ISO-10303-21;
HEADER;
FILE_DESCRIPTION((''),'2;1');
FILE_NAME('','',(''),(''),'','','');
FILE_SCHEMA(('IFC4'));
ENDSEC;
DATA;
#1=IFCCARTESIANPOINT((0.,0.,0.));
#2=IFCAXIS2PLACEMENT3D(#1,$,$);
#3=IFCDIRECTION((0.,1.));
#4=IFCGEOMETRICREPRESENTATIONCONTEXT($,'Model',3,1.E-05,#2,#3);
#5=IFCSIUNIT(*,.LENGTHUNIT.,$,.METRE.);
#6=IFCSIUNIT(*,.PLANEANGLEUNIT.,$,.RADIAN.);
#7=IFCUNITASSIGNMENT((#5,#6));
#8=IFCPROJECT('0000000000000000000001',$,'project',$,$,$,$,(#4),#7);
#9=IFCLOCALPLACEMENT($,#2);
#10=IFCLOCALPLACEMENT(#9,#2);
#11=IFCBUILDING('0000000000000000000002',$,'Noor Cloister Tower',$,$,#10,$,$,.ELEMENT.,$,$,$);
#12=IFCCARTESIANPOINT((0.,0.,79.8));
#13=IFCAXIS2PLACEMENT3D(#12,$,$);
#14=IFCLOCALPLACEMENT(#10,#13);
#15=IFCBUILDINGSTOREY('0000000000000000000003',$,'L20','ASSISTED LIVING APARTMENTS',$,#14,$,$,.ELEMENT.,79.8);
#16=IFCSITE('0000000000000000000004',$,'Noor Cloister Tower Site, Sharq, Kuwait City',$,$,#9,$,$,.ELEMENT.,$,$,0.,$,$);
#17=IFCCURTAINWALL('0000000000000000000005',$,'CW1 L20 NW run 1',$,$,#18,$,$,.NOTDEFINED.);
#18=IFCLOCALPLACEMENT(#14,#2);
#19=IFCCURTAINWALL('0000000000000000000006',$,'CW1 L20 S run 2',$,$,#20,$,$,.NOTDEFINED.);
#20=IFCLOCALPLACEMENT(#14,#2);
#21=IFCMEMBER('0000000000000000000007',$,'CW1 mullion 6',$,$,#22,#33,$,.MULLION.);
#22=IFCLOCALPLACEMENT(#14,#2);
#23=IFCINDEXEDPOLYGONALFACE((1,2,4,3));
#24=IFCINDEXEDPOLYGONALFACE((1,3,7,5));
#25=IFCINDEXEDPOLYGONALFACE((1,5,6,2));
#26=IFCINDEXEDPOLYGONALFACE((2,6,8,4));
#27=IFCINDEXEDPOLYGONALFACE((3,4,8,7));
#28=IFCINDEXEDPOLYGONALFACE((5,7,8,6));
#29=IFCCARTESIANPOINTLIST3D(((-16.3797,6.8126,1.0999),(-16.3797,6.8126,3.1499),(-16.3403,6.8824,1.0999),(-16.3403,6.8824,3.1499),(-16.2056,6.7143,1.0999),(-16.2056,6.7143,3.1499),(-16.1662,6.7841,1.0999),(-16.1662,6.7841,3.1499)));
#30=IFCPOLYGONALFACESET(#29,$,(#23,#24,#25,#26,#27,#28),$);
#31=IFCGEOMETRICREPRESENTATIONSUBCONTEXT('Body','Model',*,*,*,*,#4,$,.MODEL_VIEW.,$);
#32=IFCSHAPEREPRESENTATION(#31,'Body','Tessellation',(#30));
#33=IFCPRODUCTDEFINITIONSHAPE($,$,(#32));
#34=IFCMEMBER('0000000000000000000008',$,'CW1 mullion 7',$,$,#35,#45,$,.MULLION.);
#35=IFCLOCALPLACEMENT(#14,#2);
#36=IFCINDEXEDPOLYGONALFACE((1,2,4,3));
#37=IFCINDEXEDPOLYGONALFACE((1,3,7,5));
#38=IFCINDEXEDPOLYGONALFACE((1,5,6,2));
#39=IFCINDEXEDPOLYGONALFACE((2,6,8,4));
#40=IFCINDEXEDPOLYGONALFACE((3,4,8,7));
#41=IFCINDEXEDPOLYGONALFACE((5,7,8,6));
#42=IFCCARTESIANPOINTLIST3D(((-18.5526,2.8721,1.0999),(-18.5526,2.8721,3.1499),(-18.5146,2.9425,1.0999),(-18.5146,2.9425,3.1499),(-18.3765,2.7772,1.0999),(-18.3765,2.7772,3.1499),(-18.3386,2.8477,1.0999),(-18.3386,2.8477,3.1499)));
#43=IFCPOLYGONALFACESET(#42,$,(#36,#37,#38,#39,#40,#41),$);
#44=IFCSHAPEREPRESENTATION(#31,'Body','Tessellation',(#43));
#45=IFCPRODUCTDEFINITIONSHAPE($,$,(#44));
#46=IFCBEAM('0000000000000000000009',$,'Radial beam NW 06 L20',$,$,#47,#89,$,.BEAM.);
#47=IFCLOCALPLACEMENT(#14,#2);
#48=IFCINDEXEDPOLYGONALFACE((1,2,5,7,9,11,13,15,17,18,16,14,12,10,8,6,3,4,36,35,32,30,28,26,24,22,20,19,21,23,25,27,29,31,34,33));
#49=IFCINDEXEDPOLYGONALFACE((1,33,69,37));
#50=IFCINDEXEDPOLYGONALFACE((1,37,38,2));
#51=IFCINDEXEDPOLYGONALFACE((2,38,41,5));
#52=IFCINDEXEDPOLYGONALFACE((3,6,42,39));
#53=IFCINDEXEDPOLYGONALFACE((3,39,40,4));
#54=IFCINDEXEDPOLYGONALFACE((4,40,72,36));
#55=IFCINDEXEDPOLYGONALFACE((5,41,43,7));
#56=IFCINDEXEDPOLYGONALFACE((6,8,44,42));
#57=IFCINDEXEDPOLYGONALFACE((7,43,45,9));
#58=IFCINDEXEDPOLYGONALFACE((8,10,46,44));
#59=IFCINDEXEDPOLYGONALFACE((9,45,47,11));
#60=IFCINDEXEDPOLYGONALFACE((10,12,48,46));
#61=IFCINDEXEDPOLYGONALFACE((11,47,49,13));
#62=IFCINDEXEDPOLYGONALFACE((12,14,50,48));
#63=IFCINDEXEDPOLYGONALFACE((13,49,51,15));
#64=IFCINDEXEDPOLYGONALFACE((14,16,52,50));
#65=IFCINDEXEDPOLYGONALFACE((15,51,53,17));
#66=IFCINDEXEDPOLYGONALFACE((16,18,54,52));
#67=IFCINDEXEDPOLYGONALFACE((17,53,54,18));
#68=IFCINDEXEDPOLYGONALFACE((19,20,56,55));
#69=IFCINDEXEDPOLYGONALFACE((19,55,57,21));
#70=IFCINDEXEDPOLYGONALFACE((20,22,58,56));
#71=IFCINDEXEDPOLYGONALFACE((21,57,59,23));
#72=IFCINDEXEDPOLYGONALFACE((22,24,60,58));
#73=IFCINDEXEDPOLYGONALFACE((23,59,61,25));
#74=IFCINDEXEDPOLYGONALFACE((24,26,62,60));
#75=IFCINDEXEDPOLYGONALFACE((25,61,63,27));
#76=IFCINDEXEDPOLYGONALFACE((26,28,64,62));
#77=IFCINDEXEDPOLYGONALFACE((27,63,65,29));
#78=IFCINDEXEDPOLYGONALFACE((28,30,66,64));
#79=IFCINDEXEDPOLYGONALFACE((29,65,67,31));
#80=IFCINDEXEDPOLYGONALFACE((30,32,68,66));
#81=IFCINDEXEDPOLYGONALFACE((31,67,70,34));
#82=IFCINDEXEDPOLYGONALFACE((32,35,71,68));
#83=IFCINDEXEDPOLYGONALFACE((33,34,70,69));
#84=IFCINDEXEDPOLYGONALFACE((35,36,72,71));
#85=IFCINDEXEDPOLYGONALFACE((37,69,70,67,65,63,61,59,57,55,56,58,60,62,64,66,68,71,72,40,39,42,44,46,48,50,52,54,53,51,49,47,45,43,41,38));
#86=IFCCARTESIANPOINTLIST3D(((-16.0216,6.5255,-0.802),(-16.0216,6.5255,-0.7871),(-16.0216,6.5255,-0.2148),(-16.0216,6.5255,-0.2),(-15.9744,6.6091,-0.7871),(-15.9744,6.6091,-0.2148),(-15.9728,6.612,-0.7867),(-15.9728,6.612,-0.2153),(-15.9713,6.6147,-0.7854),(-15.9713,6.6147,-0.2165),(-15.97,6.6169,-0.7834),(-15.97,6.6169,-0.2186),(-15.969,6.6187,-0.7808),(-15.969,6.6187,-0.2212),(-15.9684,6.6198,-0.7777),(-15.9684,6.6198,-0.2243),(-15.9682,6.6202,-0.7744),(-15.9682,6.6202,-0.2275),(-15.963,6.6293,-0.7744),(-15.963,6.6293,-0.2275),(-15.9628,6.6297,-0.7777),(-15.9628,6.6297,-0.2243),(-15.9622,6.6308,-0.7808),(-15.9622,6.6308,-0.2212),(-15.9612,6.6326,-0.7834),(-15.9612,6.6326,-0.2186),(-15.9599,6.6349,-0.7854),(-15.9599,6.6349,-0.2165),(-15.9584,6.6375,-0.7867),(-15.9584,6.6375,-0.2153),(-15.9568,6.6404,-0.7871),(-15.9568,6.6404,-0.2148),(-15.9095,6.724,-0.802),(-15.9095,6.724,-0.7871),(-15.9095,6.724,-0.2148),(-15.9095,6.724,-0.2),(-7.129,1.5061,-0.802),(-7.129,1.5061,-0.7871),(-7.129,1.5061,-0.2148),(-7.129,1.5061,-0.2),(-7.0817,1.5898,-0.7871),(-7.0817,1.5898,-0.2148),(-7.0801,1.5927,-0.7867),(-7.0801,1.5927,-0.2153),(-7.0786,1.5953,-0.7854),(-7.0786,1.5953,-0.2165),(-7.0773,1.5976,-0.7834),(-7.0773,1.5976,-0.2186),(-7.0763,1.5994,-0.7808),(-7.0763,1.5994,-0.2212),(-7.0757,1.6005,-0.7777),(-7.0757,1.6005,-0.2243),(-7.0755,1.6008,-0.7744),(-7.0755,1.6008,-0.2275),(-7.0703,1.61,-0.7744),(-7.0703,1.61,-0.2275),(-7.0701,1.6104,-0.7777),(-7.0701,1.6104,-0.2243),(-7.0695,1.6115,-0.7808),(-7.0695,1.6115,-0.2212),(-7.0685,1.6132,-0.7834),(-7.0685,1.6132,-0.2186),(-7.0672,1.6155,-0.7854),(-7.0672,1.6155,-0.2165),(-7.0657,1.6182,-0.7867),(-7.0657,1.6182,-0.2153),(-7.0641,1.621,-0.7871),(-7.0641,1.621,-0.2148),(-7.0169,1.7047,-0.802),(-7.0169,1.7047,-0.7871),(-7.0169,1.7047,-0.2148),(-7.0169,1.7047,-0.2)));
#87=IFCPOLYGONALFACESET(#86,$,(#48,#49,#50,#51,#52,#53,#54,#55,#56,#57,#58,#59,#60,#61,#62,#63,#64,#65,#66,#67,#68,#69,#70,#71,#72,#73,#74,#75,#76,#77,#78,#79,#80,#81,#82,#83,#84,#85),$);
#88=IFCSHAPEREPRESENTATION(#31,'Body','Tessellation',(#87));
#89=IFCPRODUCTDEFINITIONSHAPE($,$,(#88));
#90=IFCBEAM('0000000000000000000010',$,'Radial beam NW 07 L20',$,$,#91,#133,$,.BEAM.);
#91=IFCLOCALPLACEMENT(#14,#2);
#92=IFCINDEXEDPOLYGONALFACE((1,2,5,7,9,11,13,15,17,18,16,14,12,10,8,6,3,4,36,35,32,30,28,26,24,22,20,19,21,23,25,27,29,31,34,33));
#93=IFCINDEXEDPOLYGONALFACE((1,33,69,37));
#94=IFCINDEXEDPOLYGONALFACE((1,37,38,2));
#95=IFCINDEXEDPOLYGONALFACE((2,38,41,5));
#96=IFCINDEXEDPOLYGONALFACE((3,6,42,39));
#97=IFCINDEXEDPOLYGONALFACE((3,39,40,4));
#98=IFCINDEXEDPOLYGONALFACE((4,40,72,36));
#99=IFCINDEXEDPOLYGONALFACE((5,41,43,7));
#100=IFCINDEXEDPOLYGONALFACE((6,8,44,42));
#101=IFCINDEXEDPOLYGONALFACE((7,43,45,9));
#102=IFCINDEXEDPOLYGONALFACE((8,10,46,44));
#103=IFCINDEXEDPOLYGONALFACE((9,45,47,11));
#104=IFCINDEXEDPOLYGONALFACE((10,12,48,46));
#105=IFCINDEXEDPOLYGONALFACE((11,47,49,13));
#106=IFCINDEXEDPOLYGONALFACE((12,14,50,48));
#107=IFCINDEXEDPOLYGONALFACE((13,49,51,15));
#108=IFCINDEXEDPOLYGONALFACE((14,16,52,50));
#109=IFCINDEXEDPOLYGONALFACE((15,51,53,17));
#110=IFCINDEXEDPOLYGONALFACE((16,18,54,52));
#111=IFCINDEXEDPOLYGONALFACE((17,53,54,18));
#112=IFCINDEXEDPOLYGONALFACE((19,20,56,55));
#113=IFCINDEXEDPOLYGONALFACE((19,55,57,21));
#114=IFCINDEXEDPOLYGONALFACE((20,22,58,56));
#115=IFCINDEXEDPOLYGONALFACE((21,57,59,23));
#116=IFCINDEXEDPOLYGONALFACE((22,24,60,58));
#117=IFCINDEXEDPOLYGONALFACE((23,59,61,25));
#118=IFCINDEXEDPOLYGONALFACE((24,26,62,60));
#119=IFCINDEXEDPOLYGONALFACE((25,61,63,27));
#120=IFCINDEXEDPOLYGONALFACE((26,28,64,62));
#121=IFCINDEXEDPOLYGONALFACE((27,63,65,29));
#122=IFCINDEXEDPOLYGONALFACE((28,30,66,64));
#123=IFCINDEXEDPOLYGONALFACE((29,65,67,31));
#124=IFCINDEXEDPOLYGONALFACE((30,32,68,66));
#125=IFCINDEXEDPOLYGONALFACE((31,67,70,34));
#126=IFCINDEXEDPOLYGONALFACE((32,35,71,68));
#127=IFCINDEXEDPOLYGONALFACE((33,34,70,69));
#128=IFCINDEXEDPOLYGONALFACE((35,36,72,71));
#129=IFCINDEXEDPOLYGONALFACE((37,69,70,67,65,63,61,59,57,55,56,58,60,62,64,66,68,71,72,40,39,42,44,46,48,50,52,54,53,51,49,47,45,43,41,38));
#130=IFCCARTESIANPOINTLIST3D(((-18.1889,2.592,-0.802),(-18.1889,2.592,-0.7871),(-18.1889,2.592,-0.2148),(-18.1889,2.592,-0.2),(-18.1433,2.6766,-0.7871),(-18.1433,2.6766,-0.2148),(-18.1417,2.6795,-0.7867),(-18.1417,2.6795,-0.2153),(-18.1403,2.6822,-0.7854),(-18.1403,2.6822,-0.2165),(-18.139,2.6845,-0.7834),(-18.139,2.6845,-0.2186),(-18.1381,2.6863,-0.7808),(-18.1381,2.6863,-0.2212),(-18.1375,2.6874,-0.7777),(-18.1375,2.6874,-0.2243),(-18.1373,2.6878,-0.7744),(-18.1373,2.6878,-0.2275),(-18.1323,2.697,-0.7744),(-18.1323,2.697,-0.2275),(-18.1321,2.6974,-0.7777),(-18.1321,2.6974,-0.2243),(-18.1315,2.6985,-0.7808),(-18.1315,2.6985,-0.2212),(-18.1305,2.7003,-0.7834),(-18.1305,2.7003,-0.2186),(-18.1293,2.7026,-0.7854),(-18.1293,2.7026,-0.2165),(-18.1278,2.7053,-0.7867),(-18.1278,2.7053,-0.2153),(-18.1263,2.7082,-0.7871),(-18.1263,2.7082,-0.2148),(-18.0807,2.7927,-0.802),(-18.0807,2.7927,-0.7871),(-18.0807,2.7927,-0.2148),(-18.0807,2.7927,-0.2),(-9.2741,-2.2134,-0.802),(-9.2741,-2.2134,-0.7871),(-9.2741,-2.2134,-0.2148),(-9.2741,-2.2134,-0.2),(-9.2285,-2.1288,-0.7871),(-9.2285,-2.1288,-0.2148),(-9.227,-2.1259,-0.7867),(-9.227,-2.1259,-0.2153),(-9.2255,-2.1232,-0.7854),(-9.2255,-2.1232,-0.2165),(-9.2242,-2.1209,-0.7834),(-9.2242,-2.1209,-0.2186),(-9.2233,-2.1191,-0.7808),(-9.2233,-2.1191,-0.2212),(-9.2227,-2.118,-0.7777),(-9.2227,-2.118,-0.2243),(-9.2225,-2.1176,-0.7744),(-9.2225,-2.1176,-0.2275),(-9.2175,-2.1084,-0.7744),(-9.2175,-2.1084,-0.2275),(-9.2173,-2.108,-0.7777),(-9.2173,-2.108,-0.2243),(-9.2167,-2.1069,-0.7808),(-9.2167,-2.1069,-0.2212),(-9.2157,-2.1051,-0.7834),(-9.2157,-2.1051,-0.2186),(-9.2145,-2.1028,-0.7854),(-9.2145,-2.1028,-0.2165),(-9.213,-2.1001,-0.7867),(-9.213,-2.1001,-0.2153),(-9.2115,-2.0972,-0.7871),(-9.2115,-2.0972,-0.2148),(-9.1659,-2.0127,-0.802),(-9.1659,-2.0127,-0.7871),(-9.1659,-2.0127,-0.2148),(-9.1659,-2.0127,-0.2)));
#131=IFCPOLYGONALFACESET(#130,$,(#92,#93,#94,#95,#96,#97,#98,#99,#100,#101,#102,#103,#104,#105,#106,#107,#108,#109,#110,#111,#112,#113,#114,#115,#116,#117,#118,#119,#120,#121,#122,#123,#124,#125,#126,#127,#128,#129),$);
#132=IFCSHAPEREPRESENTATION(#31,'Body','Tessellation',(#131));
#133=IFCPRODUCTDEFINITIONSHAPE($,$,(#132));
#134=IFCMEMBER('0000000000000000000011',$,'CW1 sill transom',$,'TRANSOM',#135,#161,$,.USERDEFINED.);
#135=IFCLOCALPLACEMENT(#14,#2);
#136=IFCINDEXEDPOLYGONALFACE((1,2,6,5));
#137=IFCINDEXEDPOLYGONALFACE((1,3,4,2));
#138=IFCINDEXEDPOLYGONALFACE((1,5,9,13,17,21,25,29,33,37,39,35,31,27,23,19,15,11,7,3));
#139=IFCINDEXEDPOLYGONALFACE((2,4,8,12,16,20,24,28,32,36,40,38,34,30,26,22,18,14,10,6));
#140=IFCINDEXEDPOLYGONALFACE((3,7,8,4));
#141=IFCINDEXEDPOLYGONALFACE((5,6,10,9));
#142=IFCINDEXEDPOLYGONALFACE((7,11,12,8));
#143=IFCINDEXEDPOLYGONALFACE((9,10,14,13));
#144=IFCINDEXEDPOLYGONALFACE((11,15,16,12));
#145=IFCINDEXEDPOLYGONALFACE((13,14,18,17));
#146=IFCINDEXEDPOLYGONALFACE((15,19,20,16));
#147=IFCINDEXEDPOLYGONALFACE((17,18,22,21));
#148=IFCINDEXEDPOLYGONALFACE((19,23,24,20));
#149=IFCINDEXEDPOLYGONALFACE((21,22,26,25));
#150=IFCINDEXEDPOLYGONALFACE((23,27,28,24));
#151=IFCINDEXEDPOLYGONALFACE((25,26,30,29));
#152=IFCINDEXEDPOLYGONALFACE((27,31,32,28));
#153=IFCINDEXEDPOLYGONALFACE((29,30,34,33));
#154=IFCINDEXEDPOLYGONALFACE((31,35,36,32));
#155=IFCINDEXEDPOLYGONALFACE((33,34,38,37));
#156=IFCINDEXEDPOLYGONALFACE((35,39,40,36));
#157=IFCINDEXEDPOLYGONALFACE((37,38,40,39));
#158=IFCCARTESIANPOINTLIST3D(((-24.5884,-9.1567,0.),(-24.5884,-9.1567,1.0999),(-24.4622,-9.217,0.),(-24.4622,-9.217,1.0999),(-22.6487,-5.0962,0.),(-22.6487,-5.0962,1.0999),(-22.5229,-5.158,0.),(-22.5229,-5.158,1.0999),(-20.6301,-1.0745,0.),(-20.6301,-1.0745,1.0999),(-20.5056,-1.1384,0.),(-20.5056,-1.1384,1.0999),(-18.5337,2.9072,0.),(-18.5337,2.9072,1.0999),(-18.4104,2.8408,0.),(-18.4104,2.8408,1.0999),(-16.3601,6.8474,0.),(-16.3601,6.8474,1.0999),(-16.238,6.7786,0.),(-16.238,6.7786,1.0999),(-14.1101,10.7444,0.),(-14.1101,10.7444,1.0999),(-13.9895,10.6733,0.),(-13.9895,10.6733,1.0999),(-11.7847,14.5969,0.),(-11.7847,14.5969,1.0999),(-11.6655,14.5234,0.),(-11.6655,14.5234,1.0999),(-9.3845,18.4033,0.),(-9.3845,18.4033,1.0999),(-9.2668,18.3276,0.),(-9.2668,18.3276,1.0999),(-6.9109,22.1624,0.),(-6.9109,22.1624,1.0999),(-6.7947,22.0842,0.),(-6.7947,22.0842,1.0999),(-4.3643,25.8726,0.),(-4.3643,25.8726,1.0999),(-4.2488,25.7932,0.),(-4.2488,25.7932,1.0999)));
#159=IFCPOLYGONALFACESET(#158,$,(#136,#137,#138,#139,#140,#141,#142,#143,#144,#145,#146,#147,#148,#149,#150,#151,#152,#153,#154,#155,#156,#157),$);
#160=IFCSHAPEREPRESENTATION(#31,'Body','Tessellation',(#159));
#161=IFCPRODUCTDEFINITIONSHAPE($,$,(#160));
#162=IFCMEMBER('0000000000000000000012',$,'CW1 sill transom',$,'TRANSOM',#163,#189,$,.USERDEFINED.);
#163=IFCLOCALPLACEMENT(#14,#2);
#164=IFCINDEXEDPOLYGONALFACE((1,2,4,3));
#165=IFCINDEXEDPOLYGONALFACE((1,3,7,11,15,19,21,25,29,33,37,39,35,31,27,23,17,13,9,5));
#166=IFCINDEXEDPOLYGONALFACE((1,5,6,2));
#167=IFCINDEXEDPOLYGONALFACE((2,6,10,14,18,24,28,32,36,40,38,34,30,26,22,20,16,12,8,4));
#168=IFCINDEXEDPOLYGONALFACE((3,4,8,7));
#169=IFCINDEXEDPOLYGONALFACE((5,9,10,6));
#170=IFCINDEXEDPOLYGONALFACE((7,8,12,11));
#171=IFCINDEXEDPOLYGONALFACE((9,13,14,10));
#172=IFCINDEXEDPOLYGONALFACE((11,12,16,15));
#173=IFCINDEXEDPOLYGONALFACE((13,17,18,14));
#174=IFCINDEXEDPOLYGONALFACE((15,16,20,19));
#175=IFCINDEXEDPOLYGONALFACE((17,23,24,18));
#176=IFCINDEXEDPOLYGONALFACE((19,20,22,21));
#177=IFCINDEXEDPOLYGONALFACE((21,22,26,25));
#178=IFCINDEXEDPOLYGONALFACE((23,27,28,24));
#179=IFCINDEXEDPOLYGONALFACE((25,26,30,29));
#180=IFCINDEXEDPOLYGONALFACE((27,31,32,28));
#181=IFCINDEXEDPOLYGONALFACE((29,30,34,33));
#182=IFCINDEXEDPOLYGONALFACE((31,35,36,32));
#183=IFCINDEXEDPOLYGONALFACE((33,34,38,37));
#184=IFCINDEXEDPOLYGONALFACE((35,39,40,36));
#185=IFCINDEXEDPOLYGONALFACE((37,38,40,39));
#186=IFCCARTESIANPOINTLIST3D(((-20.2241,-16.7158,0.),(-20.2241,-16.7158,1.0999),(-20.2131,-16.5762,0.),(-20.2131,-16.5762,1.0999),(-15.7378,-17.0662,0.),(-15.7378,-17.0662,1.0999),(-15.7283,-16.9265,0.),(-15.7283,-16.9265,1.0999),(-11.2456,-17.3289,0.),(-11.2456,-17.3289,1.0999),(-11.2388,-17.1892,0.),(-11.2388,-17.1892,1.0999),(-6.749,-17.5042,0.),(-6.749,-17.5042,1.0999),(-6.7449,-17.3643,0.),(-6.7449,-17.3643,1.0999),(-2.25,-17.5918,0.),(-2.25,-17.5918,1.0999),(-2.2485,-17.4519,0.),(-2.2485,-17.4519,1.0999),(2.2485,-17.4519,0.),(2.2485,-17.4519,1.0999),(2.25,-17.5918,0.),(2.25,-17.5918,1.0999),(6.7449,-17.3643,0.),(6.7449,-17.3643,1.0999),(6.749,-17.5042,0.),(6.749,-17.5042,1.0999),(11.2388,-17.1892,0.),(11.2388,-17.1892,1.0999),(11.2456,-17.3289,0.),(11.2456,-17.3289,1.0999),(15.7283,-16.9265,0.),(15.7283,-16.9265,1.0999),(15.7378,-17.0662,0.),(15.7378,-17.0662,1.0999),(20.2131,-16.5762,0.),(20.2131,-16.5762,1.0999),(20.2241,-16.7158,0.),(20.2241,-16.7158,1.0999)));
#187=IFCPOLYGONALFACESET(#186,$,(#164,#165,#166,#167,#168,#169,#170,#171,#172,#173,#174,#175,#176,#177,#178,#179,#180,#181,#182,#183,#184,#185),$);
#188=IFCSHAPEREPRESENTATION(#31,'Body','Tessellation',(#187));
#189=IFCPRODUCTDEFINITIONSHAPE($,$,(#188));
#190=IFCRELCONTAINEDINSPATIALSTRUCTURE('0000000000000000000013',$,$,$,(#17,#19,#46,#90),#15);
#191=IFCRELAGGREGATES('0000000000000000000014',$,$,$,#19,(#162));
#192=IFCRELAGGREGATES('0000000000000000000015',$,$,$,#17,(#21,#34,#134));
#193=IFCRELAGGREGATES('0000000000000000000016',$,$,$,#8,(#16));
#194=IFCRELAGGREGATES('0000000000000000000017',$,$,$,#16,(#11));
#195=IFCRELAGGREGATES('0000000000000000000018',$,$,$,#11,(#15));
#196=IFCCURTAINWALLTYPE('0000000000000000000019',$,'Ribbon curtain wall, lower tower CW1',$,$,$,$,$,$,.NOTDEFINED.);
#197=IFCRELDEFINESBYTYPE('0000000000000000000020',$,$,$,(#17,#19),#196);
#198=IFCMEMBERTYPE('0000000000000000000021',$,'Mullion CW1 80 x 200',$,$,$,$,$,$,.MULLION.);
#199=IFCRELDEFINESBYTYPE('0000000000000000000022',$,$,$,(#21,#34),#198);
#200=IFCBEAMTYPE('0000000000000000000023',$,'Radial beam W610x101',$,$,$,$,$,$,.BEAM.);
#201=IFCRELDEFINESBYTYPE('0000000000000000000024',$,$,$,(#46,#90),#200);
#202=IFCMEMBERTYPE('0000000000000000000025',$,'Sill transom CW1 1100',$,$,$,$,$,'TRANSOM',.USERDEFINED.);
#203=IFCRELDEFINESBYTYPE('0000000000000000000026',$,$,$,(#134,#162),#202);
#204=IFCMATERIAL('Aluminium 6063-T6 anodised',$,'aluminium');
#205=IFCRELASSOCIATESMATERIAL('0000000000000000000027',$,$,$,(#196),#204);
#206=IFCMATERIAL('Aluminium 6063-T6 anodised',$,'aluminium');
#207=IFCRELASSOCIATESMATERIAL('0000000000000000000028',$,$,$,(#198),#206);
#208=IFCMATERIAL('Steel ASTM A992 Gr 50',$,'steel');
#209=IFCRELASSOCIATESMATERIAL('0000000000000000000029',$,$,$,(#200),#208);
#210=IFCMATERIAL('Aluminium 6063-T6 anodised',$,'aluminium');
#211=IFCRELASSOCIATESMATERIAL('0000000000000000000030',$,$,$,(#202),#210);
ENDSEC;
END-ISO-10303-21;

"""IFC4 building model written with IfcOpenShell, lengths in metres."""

from ifc_helpers import new_model, si_unit, direction, frame, origin, origin_2d, place, context, subcontext, project, spatial, polyline, rectangle, i_section, outline, extrude, material, material_profile, profile_set, type_object, element, aggregate, save


model = new_model("IFC4")

# Units and contexts
model_context = context("Model", 3, precision=1e-05, world=origin(), true_north=direction((0.0, 1.0)))
body_context = subcontext(model_context, "Body", "Model", "MODEL_VIEW")
ifc_project = project(units=[si_unit("LENGTHUNIT", "METRE"), si_unit("PLANEANGLEUNIT", "RADIAN")], contexts=[model_context])

# Site, building, storey
site_placement = place(None, origin())
site = spatial("IfcSite", under=ifc_project, at=site_placement, Name="Noor Cloister Tower Site, Sharq, Kuwait City", CompositionType="ELEMENT", RefElevation=0.0)
building_placement = place(site_placement, origin())
building = spatial("IfcBuilding", under=site, at=building_placement, Name="Noor Cloister Tower", CompositionType="ELEMENT")
storey_placement = place(building_placement, frame((0.0, 0.0, 79.8)))
storey = spatial("IfcBuildingStorey", under=building, at=storey_placement, Name="L20", Description="ASSISTED LIVING APARTMENTS", CompositionType="ELEMENT", Elevation=79.8)

# Curtain walls
ifc_material_1 = material(Name="Aluminium 6063-T6 anodised", Category="aluminium")
curtain_wall_type = type_object("IfcCurtainWallType", Name="Ribbon curtain wall, lower tower CW1", PredefinedType="NOTDEFINED", material=ifc_material_1)
curtain_wall_1_placement = place(storey_placement, origin())
curtain_wall_1 = element("IfcCurtainWall", 1, at=curtain_wall_1_placement, inside=storey, type_object=curtain_wall_type, Name="CW1 L20 NW run 1", PredefinedType="NOTDEFINED")
curtain_wall_2_placement = place(storey_placement, origin())
curtain_wall_2 = element("IfcCurtainWall", 2, at=curtain_wall_2_placement, inside=storey, type_object=curtain_wall_type, Name="CW1 L20 S run 2", PredefinedType="NOTDEFINED")

# Members
ifc_material_2 = material(Name="Aluminium 6063-T6 anodised", Category="aluminium")
ifc_material_profile_1 = material_profile(ifc_material_2, rectangle(XDim=0.2, YDim=0.0801, at=origin_2d()), Name="200 x 80 mullion")
ifc_profile_set_1 = profile_set([ifc_material_profile_1], Name="Aluminium 6063-T6 anodised")
member_type_1 = type_object("IfcMemberType", Name="Mullion CW1 80 x 200", PredefinedType="MULLION", material=ifc_profile_set_1)
member_1_placement = place(storey_placement, frame((-16.2729, 6.7983, 1.0999), z_axis=(0.0, 0.0, 1.0), x_axis=(0.870854, -0.491541, 0.0)))
member_1 = element("IfcMember", 3, at=member_1_placement, type_object=member_type_1, Name="CW1 mullion 6", PredefinedType="MULLION", context=body_context, shape_type="SweptSolid", body=[
    extrude(rectangle(XDim=0.2, YDim=0.0801, at=origin_2d()), origin(), (0.0, 0.0, 1.0), 2.05),
])
member_2_placement = place(storey_placement, frame((-18.4456, 2.8599, 1.0999), z_axis=(0.0, 0.0, 1.0), x_axis=(0.880264, -0.474485, 0.0)))
member_2 = element("IfcMember", 4, at=member_2_placement, type_object=member_type_1, Name="CW1 mullion 7", PredefinedType="MULLION", context=body_context, shape_type="SweptSolid", body=[
    extrude(rectangle(XDim=0.2, YDim=0.0801, at=origin_2d()), origin(), (0.0, 0.0, 1.0), 2.05),
])

# Beams
ifc_material_3 = material(Name="Steel ASTM A992 Gr 50", Category="steel")
ifc_material_profile_2 = material_profile(ifc_material_3, i_section(OverallWidth=0.228, OverallDepth=0.6021, WebThickness=0.0105, FlangeThickness=0.0149, FilletRadius=0.0127, at=origin_2d()), Name="W610x101")
ifc_profile_set_2 = profile_set([ifc_material_profile_2], Name="Steel ASTM A992 Gr 50")
beam_type_1 = type_object("IfcBeamType", Name="Radial beam W610x101", PredefinedType="BEAM", material=ifc_profile_set_2)
beam_1_placement = place(storey_placement, frame((-15.9656, 6.6248, -0.501), z_axis=(0.870854, -0.491541, 0.0), x_axis=(0.491541, 0.870854, 0.0)))
element("IfcBeam", 5, at=beam_1_placement, inside=storey, type_object=beam_type_1, Name="Radial beam NW 06 L20", PredefinedType="BEAM", context=body_context, shape_type="SweptSolid", body=[
    extrude(i_section(OverallWidth=0.228, OverallDepth=0.6021, WebThickness=0.0105, FlangeThickness=0.0149, FilletRadius=0.0127, at=origin_2d()), origin(), (0.0, 0.0, 1.0), 10.2114),
])
beam_2_placement = place(storey_placement, frame((-18.1348, 2.6924, -0.501), z_axis=(0.880259, -0.474494, 0.0), x_axis=(0.474494, 0.880259, 0.0)))
element("IfcBeam", 6, at=beam_2_placement, inside=storey, type_object=beam_type_1, Name="Radial beam NW 07 L20", PredefinedType="BEAM", context=body_context, shape_type="SweptSolid", body=[
    extrude(i_section(OverallWidth=0.228, OverallDepth=0.6021, WebThickness=0.0105, FlangeThickness=0.0149, FilletRadius=0.0127, at=origin_2d()), origin(), (0.0, 0.0, 1.0), 10.1274),
])

# Members
ifc_material_4 = material(Name="Aluminium 6063-T6 anodised", Category="aluminium")
member_type_2 = type_object("IfcMemberType", Name="Sill transom CW1 1100", ElementType="TRANSOM", PredefinedType="USERDEFINED", material=ifc_material_4)
member_3_placement = place(storey_placement, origin())
member_3 = element("IfcMember", 7, at=member_3_placement, type_object=member_type_2, Name="CW1 sill transom", ObjectType="TRANSOM", PredefinedType="USERDEFINED", context=body_context, shape_type="SweptSolid", body=[
    extrude(outline(polyline([(-4.3643, 25.8726), (-6.9109, 22.1624), (-9.3845, 18.4033), (-11.7847, 14.5969), (-14.1101, 10.7444), (-16.3601, 6.8474), (-18.5337, 2.9072), (-20.6301, -1.0745), (-22.6487, -5.0962), (-24.5884, -9.1567), (-24.4622, -9.217), (-22.5229, -5.158), (-20.5056, -1.1384), (-18.4104, 2.8408), (-16.238, 6.7786), (-13.9895, 10.6733), (-11.6655, 14.5234), (-9.2668, 18.3276), (-6.7947, 22.0842), (-4.2488, 25.7932), (-4.3643, 25.8726)])), origin(), (0.0, 0.0, 1.0), 1.0999),
])
member_4_placement = place(storey_placement, origin())
member_4 = element("IfcMember", 8, at=member_4_placement, type_object=member_type_2, Name="CW1 sill transom", ObjectType="TRANSOM", PredefinedType="USERDEFINED", context=body_context, shape_type="SweptSolid", body=[
    extrude(outline(polyline([(-20.2241, -16.7158), (-15.7378, -17.0662), (-11.2456, -17.3289), (-6.749, -17.5042), (-2.25, -17.5918), (2.25, -17.5918), (6.749, -17.5042), (11.2456, -17.3289), (15.7378, -17.0662), (20.2241, -16.7158), (20.2131, -16.5762), (15.7283, -16.9265), (11.2388, -17.1892), (6.7449, -17.3643), (2.2485, -17.4519), (-2.2485, -17.4519), (-6.7449, -17.3643), (-11.2388, -17.1892), (-15.7283, -16.9265), (-20.2131, -16.5762), (-20.2241, -16.7158)])), origin(), (0.0, 0.0, 1.0), 1.0999),
])
aggregate(curtain_wall_2, [member_4])

aggregate(curtain_wall_1, [member_1, member_2, member_3])

save(model, "model.ifc")
